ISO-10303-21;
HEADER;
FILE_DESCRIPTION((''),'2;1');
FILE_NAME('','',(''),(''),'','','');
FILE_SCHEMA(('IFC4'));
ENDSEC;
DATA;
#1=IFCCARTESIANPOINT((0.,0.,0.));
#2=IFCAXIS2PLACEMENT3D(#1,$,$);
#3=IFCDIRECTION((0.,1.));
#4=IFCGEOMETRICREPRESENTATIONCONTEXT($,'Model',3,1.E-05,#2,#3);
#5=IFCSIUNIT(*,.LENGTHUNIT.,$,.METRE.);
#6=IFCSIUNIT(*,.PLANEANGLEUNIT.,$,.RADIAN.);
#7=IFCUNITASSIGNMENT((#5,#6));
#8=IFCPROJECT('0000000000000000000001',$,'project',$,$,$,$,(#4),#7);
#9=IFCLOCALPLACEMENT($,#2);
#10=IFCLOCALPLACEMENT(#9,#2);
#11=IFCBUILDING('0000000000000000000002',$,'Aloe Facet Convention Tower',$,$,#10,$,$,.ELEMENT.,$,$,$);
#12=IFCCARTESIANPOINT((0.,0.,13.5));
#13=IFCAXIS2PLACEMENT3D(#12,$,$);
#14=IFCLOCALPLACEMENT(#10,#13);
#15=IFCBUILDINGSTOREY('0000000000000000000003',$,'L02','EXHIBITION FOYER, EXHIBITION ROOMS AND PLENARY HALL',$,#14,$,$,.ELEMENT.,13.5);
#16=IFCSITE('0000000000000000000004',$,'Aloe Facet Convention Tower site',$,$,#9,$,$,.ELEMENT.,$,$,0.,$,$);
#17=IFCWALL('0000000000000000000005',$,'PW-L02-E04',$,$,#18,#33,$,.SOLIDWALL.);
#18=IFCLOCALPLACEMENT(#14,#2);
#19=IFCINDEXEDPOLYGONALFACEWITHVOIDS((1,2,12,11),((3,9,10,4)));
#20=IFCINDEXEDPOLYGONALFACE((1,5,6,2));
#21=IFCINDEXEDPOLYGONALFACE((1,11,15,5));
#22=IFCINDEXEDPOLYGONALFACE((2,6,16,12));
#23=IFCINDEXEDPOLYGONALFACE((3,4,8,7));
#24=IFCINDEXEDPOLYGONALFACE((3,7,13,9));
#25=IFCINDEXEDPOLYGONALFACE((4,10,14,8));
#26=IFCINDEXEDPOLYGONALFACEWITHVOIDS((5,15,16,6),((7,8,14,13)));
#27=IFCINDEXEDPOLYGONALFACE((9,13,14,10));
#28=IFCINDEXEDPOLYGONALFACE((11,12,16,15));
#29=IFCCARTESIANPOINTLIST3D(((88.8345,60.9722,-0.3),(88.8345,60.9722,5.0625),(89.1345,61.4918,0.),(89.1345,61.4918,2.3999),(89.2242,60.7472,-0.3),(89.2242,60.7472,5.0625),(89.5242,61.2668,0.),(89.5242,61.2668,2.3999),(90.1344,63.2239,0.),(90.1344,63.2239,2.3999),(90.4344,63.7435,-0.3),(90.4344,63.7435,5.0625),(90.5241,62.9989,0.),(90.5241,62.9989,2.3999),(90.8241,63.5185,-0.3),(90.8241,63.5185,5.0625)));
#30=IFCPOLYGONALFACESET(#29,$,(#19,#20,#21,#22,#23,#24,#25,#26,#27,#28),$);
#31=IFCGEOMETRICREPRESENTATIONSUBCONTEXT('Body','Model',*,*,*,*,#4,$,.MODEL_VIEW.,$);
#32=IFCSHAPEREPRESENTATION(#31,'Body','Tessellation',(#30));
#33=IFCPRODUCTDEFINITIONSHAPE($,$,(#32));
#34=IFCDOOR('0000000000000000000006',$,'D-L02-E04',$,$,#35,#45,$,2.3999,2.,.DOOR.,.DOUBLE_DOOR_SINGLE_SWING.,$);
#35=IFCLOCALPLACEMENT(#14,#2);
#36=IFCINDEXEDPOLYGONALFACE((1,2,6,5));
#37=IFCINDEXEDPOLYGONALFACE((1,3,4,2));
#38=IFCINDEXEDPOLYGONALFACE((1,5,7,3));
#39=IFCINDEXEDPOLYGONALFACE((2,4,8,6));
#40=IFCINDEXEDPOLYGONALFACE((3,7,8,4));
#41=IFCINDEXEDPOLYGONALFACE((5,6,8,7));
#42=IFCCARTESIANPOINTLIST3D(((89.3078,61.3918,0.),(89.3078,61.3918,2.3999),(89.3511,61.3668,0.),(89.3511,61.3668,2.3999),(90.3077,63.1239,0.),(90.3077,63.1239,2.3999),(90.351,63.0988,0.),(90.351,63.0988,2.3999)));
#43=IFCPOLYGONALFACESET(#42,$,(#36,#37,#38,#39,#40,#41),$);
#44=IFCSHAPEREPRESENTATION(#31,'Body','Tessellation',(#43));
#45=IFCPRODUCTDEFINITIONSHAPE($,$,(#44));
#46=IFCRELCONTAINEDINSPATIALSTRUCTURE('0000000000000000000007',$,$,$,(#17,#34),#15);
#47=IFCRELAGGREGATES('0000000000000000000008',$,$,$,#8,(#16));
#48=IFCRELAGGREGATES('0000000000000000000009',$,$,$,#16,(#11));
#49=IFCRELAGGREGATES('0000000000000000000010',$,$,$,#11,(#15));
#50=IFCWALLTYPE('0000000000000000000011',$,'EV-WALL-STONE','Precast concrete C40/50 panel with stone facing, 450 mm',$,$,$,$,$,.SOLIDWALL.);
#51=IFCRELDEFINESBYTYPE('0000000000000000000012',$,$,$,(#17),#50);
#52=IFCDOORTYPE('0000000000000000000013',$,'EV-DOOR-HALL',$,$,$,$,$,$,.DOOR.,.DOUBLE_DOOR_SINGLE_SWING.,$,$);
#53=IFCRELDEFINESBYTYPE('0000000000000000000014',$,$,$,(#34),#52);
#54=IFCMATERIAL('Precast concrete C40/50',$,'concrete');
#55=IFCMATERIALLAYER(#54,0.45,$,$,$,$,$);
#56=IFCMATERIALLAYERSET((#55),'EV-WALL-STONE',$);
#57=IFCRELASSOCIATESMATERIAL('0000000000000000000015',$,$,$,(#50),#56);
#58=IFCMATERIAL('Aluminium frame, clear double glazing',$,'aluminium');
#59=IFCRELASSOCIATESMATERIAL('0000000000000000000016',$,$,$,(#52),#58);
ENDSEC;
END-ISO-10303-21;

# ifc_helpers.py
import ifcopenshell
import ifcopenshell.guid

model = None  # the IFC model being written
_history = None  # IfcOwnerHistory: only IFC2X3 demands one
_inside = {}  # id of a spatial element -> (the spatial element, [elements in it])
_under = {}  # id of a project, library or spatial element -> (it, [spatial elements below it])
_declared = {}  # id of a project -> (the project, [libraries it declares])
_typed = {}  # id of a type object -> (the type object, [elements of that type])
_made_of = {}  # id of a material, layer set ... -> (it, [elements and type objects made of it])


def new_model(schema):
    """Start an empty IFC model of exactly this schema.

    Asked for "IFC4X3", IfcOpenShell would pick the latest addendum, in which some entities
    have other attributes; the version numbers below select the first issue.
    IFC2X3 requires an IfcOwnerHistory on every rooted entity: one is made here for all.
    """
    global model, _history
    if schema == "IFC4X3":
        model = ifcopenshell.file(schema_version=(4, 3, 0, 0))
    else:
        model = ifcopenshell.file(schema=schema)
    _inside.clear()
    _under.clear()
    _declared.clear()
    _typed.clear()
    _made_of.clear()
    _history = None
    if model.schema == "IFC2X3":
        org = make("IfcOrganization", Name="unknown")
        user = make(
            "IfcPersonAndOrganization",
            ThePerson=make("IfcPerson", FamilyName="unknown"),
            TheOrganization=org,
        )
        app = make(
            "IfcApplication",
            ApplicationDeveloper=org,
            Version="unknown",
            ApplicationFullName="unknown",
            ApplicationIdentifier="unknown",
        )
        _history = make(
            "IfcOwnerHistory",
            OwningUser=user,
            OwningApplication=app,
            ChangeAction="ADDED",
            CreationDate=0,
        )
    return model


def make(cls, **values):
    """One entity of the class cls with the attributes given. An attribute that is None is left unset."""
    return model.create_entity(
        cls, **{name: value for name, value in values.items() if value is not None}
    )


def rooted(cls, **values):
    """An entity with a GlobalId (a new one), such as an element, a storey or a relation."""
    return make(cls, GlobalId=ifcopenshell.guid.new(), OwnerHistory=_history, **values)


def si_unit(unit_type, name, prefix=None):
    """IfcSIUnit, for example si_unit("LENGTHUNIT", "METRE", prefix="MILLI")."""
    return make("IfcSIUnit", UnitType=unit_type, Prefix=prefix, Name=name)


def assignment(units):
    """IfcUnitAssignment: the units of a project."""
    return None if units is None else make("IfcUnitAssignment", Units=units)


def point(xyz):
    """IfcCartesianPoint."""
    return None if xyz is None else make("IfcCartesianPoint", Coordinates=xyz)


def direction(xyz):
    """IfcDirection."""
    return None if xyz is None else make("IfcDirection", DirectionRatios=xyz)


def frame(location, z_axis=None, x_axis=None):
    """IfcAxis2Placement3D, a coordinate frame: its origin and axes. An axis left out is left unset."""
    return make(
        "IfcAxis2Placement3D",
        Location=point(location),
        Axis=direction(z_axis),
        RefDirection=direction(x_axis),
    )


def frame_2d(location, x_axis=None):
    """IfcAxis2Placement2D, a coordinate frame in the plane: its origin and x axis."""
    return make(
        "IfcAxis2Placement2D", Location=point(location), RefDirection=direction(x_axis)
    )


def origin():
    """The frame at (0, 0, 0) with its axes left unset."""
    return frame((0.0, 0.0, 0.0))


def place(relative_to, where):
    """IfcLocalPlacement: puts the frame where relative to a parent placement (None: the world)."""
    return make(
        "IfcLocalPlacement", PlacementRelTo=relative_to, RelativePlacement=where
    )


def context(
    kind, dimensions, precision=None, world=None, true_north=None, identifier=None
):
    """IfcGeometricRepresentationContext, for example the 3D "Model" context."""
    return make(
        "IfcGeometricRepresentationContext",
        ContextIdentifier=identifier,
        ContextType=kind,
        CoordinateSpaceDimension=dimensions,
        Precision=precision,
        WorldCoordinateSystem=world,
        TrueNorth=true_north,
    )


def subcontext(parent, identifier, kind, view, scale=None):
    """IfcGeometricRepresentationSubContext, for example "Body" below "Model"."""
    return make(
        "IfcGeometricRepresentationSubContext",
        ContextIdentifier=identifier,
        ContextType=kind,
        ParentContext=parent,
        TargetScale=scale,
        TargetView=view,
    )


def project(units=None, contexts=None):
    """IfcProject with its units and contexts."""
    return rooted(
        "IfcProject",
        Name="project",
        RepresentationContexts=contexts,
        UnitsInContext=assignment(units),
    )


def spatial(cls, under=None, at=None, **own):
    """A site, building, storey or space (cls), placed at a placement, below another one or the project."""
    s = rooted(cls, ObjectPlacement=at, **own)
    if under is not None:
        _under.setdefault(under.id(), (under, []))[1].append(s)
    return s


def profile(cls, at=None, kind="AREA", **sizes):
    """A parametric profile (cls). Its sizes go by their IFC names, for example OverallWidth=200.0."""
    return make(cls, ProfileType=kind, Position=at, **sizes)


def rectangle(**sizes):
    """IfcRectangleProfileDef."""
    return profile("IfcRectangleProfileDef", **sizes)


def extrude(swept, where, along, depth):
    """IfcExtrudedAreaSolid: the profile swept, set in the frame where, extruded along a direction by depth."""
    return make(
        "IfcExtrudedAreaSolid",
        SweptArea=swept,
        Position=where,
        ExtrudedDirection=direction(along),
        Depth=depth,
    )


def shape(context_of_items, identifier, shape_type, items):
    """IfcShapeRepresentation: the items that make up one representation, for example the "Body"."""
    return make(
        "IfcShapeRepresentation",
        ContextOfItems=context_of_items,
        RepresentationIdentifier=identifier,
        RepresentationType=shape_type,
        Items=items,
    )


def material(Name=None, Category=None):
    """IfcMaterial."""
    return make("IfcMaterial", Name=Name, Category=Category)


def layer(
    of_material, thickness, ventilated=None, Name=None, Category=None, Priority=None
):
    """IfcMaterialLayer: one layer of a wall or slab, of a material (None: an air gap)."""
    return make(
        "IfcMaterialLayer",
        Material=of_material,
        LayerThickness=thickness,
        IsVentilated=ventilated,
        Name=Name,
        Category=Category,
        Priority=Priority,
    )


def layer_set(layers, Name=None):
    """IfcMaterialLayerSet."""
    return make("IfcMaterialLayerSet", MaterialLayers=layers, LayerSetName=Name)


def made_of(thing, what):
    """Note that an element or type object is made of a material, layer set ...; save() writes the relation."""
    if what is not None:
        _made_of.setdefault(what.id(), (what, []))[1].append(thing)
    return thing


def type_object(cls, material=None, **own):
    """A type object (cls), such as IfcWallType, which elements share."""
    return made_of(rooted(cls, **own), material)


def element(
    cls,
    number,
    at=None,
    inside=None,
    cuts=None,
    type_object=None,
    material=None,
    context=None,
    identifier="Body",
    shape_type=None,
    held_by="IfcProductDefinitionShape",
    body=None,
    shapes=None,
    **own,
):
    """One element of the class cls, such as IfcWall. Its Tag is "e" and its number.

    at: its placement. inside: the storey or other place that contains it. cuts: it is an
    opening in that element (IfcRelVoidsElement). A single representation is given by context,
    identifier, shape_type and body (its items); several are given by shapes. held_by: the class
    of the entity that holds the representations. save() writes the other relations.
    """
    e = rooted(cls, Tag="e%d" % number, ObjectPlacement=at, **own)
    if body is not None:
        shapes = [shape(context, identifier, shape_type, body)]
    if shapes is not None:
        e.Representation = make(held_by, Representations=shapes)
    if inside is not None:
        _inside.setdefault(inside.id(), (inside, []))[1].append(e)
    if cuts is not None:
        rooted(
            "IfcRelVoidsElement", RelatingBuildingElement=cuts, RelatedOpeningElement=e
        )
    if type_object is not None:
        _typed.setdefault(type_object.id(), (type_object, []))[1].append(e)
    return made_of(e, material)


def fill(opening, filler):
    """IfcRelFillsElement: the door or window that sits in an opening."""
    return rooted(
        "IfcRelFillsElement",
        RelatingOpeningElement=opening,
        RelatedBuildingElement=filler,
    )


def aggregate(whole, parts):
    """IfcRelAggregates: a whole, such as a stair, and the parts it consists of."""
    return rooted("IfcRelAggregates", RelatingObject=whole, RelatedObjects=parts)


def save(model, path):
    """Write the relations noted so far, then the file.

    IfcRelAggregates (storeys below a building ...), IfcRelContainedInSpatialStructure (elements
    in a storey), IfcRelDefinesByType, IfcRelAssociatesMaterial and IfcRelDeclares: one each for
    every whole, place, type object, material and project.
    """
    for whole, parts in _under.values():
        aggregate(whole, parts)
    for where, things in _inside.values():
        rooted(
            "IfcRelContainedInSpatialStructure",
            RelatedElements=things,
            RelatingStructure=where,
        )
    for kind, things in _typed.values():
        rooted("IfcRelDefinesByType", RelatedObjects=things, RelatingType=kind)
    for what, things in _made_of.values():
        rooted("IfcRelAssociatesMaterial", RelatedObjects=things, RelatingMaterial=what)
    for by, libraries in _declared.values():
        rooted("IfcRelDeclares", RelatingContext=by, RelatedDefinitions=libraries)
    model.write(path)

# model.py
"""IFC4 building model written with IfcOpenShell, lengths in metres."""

from ifc_helpers import new_model, si_unit, direction, frame, frame_2d, origin, place, context, subcontext, project, spatial, rectangle, extrude, material, layer, layer_set, type_object, element, fill, save


model = new_model("IFC4")

# Units and contexts
model_context = context("Model", 3, precision=1e-05, world=origin(), true_north=direction((0.0, 1.0)))
body_context = subcontext(model_context, "Body", "Model", "MODEL_VIEW")
ifc_project = project(units=[si_unit("LENGTHUNIT", "METRE"), si_unit("PLANEANGLEUNIT", "RADIAN")], contexts=[model_context])

# Site, building, storey
site_placement = place(None, origin())
site = spatial("IfcSite", under=ifc_project, at=site_placement, Name="Aloe Facet Convention Tower site", CompositionType="ELEMENT", RefElevation=0.0)
building_placement = place(site_placement, origin())
building = spatial("IfcBuilding", under=site, at=building_placement, Name="Aloe Facet Convention Tower", CompositionType="ELEMENT")
storey_placement = place(building_placement, frame((0.0, 0.0, 13.5)))
storey = spatial("IfcBuildingStorey", under=building, at=storey_placement, Name="L02", Description="EXHIBITION FOYER, EXHIBITION ROOMS AND PLENARY HALL", CompositionType="ELEMENT", Elevation=13.5)

# Wall, opening, door
ifc_material_1 = material(Name="Precast concrete C40/50", Category="concrete")
ifc_layer_1 = layer(ifc_material_1, 0.45)
ifc_layer_set_1 = layer_set([ifc_layer_1], Name="EV-WALL-STONE")
wall_type = type_object("IfcWallType", Name="EV-WALL-STONE", Description="Precast concrete C40/50 panel with stone facing, 450 mm", PredefinedType="SOLIDWALL", material=ifc_layer_set_1)
wall_placement = place(storey_placement, frame((89.0293, 60.8596, -0.3), z_axis=(0.0, 0.0, 1.0), x_axis=(0.499971, 0.866042, 0.0)))
wall = element("IfcWall", 1, at=wall_placement, inside=storey, type_object=wall_type, Name="PW-L02-E04", PredefinedType="SOLIDWALL", context=body_context, shape_type="SweptSolid", body=[
    extrude(rectangle(XDim=3.2, YDim=0.45, at=frame_2d((1.6001, 0.0))), origin(), (0.0, 0.0, 1.0), 5.3625),
])
opening_placement = place(wall_placement, frame((0.6001, 0.0, 0.3)))
opening = element("IfcOpeningElement", 2, at=opening_placement, cuts=wall, PredefinedType="OPENING", context=body_context, shape_type="SweptSolid", body=[
    extrude(rectangle(XDim=2.0, YDim=2.3999, at=frame_2d((1.0, 1.2))), frame((0.0, 0.2349, 0.0), z_axis=(0.0, -1.0, 0.0), x_axis=(1.0, 0.0, 0.0)), (0.0, 0.0, 1.0), 0.47),
])
ifc_material_2 = material(Name="Aluminium frame, clear double glazing", Category="aluminium")
door_type = type_object("IfcDoorType", Name="EV-DOOR-HALL", OperationType="DOUBLE_DOOR_SINGLE_SWING", PredefinedType="DOOR", material=ifc_material_2)
door_placement = place(opening_placement, origin())
door = element("IfcDoor", 3, at=door_placement, inside=storey, type_object=door_type, Name="D-L02-E04", OperationType="DOUBLE_DOOR_SINGLE_SWING", OverallHeight=2.3999, OverallWidth=2.0, PredefinedType="DOOR", context=body_context, shape_type="SweptSolid", body=[
    extrude(rectangle(XDim=2.0, YDim=2.3999, at=frame_2d((1.0, 1.2))), frame((0.0, 0.0249, 0.0), z_axis=(0.0, -1.0, 0.0), x_axis=(1.0, 0.0, 0.0)), (0.0, 0.0, 1.0), 0.05),
])
fill(opening, door)

save(model, "model.ifc")
